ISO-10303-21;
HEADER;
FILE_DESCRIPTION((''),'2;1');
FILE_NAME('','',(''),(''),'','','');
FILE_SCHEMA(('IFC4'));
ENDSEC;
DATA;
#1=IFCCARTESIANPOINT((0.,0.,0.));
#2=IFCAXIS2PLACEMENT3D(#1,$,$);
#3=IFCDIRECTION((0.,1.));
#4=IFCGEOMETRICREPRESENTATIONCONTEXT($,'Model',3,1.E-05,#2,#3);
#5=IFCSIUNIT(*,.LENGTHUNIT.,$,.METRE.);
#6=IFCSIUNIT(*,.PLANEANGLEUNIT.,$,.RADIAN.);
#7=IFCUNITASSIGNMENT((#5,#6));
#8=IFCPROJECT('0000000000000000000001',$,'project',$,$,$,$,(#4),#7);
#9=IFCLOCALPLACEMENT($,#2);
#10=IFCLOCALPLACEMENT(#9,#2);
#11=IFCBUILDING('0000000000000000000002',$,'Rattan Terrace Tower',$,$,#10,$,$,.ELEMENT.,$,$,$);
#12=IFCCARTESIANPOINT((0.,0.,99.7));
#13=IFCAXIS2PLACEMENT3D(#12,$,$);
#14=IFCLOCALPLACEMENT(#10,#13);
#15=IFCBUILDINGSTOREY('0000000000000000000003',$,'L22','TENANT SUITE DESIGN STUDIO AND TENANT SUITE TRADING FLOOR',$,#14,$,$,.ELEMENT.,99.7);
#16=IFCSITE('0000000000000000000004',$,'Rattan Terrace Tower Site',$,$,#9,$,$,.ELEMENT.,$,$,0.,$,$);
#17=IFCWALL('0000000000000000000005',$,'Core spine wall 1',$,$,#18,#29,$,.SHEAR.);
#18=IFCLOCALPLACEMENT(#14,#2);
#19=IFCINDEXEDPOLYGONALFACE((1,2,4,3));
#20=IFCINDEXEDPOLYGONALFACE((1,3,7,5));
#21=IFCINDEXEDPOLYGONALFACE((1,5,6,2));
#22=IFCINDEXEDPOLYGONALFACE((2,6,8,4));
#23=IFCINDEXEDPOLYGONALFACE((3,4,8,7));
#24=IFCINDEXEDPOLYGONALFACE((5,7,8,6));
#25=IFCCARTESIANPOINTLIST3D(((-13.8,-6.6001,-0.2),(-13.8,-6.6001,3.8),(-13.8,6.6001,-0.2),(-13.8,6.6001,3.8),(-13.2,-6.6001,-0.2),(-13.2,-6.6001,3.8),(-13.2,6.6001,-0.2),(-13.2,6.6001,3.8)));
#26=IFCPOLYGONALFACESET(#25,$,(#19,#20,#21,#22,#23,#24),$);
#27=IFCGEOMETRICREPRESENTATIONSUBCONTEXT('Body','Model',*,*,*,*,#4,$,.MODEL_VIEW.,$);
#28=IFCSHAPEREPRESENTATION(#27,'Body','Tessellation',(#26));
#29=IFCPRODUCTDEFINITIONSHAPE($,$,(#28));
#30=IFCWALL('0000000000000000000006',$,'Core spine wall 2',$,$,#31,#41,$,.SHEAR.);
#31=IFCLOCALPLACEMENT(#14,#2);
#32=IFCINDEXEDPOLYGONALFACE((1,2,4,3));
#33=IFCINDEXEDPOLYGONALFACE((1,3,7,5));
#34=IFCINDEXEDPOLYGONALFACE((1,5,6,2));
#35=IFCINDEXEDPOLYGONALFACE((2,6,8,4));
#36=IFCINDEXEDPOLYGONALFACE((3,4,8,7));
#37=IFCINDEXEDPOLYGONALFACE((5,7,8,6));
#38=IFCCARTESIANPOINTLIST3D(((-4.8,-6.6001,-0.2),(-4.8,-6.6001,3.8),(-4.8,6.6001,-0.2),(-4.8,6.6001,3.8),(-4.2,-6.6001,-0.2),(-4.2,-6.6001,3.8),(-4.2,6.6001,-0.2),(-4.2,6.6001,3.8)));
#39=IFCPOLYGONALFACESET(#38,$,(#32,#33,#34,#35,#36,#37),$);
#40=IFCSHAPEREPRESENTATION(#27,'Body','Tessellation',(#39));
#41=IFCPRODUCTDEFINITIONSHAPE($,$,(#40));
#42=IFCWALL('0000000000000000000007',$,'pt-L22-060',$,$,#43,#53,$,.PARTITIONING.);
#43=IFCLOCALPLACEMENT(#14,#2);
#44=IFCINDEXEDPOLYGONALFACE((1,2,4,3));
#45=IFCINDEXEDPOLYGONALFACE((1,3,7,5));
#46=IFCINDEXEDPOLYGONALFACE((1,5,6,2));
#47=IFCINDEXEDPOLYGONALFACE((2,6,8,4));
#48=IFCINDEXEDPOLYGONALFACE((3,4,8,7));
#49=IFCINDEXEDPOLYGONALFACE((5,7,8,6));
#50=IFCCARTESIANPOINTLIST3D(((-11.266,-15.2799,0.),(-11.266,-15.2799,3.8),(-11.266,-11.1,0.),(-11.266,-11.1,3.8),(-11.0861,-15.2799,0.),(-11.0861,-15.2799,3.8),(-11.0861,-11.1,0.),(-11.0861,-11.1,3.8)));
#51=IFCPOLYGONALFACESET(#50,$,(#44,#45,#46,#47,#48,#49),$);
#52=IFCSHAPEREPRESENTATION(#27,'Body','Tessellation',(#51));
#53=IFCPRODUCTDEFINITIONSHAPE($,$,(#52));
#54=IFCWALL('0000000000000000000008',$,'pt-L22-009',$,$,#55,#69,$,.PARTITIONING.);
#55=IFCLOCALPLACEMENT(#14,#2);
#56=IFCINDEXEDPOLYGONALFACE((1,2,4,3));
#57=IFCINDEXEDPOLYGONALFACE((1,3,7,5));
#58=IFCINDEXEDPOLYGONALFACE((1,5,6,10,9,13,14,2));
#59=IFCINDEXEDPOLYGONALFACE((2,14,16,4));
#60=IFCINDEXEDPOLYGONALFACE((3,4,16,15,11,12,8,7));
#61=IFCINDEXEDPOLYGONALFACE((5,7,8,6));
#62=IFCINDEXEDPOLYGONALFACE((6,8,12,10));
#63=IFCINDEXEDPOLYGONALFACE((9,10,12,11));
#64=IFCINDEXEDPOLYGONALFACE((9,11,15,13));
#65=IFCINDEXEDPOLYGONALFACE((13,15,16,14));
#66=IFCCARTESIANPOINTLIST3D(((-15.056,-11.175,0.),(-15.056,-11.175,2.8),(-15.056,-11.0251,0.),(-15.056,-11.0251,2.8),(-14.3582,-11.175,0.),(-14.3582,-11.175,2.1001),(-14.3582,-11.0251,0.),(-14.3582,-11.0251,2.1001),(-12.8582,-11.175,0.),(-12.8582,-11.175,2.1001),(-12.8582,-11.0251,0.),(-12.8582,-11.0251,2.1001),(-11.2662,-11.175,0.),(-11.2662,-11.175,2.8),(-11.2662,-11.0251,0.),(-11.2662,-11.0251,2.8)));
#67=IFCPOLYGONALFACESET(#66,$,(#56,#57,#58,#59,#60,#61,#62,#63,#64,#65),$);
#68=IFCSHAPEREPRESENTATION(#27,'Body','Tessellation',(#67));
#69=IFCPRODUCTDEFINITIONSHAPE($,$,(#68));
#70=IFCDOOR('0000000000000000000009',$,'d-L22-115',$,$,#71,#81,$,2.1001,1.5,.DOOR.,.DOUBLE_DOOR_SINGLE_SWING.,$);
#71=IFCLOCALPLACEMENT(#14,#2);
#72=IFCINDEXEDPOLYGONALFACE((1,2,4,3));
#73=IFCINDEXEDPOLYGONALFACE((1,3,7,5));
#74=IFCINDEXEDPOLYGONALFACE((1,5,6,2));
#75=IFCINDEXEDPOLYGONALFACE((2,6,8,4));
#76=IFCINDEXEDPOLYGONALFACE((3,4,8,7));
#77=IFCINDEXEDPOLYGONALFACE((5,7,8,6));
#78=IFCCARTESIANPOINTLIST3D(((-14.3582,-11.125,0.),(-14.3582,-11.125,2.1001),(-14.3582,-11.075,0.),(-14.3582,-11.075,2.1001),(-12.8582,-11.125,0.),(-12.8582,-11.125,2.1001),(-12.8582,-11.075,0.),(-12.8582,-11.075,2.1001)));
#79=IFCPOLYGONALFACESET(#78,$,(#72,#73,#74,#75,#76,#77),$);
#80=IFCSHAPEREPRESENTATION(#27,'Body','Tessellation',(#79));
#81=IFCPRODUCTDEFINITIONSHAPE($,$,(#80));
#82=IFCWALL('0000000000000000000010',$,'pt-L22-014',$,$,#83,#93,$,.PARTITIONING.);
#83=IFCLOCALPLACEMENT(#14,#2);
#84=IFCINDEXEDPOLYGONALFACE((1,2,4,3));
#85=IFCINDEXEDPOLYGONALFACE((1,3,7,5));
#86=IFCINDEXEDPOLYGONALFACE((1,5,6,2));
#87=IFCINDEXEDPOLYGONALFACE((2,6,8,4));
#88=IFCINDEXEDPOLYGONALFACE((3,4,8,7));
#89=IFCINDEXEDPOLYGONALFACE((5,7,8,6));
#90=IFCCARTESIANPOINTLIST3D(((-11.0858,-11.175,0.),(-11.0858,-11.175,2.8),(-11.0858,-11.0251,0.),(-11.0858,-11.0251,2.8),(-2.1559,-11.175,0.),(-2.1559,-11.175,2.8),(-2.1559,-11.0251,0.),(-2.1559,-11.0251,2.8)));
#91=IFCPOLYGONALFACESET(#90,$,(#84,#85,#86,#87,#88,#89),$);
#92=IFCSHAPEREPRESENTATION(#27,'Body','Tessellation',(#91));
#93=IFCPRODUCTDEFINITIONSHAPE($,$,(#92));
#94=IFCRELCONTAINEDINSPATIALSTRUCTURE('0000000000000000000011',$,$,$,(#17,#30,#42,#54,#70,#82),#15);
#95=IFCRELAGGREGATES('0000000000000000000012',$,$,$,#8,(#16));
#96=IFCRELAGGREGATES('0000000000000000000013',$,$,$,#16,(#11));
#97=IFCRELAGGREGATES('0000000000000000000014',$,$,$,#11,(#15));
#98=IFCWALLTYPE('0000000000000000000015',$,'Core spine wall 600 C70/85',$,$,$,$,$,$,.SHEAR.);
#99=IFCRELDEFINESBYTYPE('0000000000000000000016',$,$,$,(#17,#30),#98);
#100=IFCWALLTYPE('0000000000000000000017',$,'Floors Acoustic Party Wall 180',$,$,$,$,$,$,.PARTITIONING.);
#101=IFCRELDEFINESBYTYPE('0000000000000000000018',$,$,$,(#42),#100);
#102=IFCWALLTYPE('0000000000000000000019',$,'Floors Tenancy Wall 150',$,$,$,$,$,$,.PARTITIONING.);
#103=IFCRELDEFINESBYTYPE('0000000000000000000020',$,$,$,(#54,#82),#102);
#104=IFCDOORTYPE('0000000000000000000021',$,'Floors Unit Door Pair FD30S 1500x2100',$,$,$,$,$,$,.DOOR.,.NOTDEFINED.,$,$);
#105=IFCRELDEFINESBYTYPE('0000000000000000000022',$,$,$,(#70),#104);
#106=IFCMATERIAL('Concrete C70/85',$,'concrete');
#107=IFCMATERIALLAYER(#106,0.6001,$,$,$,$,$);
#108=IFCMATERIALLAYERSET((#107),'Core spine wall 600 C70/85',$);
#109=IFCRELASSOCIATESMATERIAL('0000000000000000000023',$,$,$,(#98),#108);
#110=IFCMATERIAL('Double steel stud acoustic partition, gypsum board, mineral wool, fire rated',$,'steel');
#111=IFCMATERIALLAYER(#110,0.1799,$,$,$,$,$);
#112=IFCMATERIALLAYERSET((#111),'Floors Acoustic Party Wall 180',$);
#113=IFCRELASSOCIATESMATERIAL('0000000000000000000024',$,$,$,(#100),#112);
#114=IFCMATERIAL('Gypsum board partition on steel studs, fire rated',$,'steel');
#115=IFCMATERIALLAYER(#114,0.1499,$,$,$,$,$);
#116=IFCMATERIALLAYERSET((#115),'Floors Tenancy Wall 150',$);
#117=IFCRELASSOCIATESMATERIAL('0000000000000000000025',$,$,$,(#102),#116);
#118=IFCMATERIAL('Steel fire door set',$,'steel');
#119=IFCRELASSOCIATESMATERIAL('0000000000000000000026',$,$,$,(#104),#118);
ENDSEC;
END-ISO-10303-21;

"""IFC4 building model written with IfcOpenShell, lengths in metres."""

from ifc_helpers import new_model, si_unit, direction, frame, frame_2d, origin, place, context, subcontext, project, spatial, rectangle, extrude, material, layer, layer_set, type_object, element, fill, save


model = new_model("IFC4")

# Units and contexts
model_context = context("Model", 3, precision=1e-05, world=origin(), true_north=direction((0.0, 1.0)))
body_context = subcontext(model_context, "Body", "Model", "MODEL_VIEW")
ifc_project = project(units=[si_unit("LENGTHUNIT", "METRE"), si_unit("PLANEANGLEUNIT", "RADIAN")], contexts=[model_context])

# Site, building, storey
site_placement = place(None, origin())
site = spatial("IfcSite", under=ifc_project, at=site_placement, Name="Rattan Terrace Tower Site", CompositionType="ELEMENT", RefElevation=0.0)
building_placement = place(site_placement, origin())
building = spatial("IfcBuilding", under=site, at=building_placement, Name="Rattan Terrace Tower", CompositionType="ELEMENT")
storey_placement = place(building_placement, frame((0.0, 0.0, 99.7)))
storey = spatial("IfcBuildingStorey", under=building, at=storey_placement, Name="L22", Description="TENANT SUITE DESIGN STUDIO AND TENANT SUITE TRADING FLOOR", CompositionType="ELEMENT", Elevation=99.7)

# Walls
ifc_material_1 = material(Name="Concrete C70/85", Category="concrete")
ifc_layer_1 = layer(ifc_material_1, 0.6001)
ifc_layer_set_1 = layer_set([ifc_layer_1], Name="Core spine wall 600 C70/85")
wall_type_1 = type_object("IfcWallType", Name="Core spine wall 600 C70/85", PredefinedType="SHEAR", material=ifc_layer_set_1)
for number, where, z_axis, x_axis, name in (
    (1, (-13.5, -6.6001, -0.2), (0.0, 0.0, 1.0), (0.0, 1.0, 0.0), "Core spine wall 1"),
    (2, (-4.5, -6.6001, -0.2), (0.0, 0.0, 1.0), (0.0, 1.0, 0.0), "Core spine wall 2"),
):
    element("IfcWall", number, at=place(storey_placement, frame(where, z_axis=z_axis, x_axis=x_axis)), inside=storey, type_object=wall_type_1, Name=name, PredefinedType="SHEAR", context=body_context, shape_type="SweptSolid", body=[
        extrude(rectangle(XDim=13.2002, YDim=0.6001, at=frame_2d((6.6001, 0.0))), origin(), (0.0, 0.0, 1.0), 4.0),
    ])
ifc_material_2 = material(Name="Double steel stud acoustic partition, gypsum board, mineral wool, fire rated", Category="steel")
ifc_layer_2 = layer(ifc_material_2, 0.1799)
ifc_layer_set_2 = layer_set([ifc_layer_2], Name="Floors Acoustic Party Wall 180")
wall_type_2 = type_object("IfcWallType", Name="Floors Acoustic Party Wall 180", PredefinedType="PARTITIONING", material=ifc_layer_set_2)
wall_1_placement = place(storey_placement, frame((-11.176, -11.1001, 0.0), z_axis=(0.0, 0.0, 1.0), x_axis=(0.0, -1.0, 0.0)))
element("IfcWall", 3, at=wall_1_placement, inside=storey, type_object=wall_type_2, Name="pt-L22-060", PredefinedType="PARTITIONING", context=body_context, shape_type="SweptSolid", body=[
    extrude(rectangle(XDim=4.1799, YDim=0.1799, at=frame_2d((2.0898, 0.0))), origin(), (0.0, 0.0, 1.0), 3.8),
])

# Wall, opening, door
ifc_material_3 = material(Name="Gypsum board partition on steel studs, fire rated", Category="steel")
ifc_layer_3 = layer(ifc_material_3, 0.1499)
ifc_layer_set_3 = layer_set([ifc_layer_3], Name="Floors Tenancy Wall 150")
wall_type_3 = type_object("IfcWallType", Name="Floors Tenancy Wall 150", PredefinedType="PARTITIONING", material=ifc_layer_set_3)
wall_2_placement = place(storey_placement, frame((-11.2661, -11.1001, 0.0), z_axis=(0.0, 0.0, 1.0), x_axis=(-1.0, 0.0, 0.0)))
wall_2 = element("IfcWall", 4, at=wall_2_placement, inside=storey, type_object=wall_type_3, Name="pt-L22-009", PredefinedType="PARTITIONING", context=body_context, shape_type="SweptSolid", body=[
    extrude(rectangle(XDim=3.7898, YDim=0.1499, at=frame_2d((1.895, 0.0))), origin(), (0.0, 0.0, 1.0), 2.8),
])
opening_1_placement = place(wall_2_placement, frame((1.592, 0.0, 0.0)))
opening_1 = element("IfcOpeningElement", 5, at=opening_1_placement, cuts=wall_2, PredefinedType="OPENING", context=body_context, shape_type="SweptSolid", body=[
    extrude(rectangle(XDim=1.5, YDim=2.1001, at=frame_2d((0.75, 1.05))), frame((0.0, 0.0854, 0.0), z_axis=(0.0, -1.0, 0.0), x_axis=(1.0, 0.0, 0.0)), (0.0, 0.0, 1.0), 0.1709),
])
ifc_material_4 = material(Name="Steel fire door set", Category="steel")
door_type_1 = type_object("IfcDoorType", Name="Floors Unit Door Pair FD30S 1500x2100", OperationType="NOTDEFINED", PredefinedType="DOOR", material=ifc_material_4)
door_1_placement = place(opening_1_placement, origin())
door_1 = element("IfcDoor", 6, at=door_1_placement, inside=storey, type_object=door_type_1, Name="d-L22-115", OperationType="DOUBLE_DOOR_SINGLE_SWING", OverallHeight=2.1001, OverallWidth=1.5, PredefinedType="DOOR", context=body_context, shape_type="SweptSolid", body=[
    extrude(rectangle(XDim=1.5, YDim=2.1001, at=frame_2d((0.75, 1.05))), frame((0.0, 0.0249, 0.0), z_axis=(0.0, -1.0, 0.0), x_axis=(1.0, 0.0, 0.0)), (0.0, 0.0, 1.0), 0.05),
])
fill(opening_1, door_1)

# Wall
wall_3_placement = place(storey_placement, frame((-2.156, -11.1001, 0.0), z_axis=(0.0, 0.0, 1.0), x_axis=(-1.0, 0.0, 0.0)))
element("IfcWall", 7, at=wall_3_placement, inside=storey, type_object=wall_type_3, Name="pt-L22-014", PredefinedType="PARTITIONING", context=body_context, shape_type="SweptSolid", body=[
    extrude(rectangle(XDim=8.9299, YDim=0.1499, at=frame_2d((4.4648, 0.0))), origin(), (0.0, 0.0, 1.0), 2.8),
])

save(model, "model.ifc")
